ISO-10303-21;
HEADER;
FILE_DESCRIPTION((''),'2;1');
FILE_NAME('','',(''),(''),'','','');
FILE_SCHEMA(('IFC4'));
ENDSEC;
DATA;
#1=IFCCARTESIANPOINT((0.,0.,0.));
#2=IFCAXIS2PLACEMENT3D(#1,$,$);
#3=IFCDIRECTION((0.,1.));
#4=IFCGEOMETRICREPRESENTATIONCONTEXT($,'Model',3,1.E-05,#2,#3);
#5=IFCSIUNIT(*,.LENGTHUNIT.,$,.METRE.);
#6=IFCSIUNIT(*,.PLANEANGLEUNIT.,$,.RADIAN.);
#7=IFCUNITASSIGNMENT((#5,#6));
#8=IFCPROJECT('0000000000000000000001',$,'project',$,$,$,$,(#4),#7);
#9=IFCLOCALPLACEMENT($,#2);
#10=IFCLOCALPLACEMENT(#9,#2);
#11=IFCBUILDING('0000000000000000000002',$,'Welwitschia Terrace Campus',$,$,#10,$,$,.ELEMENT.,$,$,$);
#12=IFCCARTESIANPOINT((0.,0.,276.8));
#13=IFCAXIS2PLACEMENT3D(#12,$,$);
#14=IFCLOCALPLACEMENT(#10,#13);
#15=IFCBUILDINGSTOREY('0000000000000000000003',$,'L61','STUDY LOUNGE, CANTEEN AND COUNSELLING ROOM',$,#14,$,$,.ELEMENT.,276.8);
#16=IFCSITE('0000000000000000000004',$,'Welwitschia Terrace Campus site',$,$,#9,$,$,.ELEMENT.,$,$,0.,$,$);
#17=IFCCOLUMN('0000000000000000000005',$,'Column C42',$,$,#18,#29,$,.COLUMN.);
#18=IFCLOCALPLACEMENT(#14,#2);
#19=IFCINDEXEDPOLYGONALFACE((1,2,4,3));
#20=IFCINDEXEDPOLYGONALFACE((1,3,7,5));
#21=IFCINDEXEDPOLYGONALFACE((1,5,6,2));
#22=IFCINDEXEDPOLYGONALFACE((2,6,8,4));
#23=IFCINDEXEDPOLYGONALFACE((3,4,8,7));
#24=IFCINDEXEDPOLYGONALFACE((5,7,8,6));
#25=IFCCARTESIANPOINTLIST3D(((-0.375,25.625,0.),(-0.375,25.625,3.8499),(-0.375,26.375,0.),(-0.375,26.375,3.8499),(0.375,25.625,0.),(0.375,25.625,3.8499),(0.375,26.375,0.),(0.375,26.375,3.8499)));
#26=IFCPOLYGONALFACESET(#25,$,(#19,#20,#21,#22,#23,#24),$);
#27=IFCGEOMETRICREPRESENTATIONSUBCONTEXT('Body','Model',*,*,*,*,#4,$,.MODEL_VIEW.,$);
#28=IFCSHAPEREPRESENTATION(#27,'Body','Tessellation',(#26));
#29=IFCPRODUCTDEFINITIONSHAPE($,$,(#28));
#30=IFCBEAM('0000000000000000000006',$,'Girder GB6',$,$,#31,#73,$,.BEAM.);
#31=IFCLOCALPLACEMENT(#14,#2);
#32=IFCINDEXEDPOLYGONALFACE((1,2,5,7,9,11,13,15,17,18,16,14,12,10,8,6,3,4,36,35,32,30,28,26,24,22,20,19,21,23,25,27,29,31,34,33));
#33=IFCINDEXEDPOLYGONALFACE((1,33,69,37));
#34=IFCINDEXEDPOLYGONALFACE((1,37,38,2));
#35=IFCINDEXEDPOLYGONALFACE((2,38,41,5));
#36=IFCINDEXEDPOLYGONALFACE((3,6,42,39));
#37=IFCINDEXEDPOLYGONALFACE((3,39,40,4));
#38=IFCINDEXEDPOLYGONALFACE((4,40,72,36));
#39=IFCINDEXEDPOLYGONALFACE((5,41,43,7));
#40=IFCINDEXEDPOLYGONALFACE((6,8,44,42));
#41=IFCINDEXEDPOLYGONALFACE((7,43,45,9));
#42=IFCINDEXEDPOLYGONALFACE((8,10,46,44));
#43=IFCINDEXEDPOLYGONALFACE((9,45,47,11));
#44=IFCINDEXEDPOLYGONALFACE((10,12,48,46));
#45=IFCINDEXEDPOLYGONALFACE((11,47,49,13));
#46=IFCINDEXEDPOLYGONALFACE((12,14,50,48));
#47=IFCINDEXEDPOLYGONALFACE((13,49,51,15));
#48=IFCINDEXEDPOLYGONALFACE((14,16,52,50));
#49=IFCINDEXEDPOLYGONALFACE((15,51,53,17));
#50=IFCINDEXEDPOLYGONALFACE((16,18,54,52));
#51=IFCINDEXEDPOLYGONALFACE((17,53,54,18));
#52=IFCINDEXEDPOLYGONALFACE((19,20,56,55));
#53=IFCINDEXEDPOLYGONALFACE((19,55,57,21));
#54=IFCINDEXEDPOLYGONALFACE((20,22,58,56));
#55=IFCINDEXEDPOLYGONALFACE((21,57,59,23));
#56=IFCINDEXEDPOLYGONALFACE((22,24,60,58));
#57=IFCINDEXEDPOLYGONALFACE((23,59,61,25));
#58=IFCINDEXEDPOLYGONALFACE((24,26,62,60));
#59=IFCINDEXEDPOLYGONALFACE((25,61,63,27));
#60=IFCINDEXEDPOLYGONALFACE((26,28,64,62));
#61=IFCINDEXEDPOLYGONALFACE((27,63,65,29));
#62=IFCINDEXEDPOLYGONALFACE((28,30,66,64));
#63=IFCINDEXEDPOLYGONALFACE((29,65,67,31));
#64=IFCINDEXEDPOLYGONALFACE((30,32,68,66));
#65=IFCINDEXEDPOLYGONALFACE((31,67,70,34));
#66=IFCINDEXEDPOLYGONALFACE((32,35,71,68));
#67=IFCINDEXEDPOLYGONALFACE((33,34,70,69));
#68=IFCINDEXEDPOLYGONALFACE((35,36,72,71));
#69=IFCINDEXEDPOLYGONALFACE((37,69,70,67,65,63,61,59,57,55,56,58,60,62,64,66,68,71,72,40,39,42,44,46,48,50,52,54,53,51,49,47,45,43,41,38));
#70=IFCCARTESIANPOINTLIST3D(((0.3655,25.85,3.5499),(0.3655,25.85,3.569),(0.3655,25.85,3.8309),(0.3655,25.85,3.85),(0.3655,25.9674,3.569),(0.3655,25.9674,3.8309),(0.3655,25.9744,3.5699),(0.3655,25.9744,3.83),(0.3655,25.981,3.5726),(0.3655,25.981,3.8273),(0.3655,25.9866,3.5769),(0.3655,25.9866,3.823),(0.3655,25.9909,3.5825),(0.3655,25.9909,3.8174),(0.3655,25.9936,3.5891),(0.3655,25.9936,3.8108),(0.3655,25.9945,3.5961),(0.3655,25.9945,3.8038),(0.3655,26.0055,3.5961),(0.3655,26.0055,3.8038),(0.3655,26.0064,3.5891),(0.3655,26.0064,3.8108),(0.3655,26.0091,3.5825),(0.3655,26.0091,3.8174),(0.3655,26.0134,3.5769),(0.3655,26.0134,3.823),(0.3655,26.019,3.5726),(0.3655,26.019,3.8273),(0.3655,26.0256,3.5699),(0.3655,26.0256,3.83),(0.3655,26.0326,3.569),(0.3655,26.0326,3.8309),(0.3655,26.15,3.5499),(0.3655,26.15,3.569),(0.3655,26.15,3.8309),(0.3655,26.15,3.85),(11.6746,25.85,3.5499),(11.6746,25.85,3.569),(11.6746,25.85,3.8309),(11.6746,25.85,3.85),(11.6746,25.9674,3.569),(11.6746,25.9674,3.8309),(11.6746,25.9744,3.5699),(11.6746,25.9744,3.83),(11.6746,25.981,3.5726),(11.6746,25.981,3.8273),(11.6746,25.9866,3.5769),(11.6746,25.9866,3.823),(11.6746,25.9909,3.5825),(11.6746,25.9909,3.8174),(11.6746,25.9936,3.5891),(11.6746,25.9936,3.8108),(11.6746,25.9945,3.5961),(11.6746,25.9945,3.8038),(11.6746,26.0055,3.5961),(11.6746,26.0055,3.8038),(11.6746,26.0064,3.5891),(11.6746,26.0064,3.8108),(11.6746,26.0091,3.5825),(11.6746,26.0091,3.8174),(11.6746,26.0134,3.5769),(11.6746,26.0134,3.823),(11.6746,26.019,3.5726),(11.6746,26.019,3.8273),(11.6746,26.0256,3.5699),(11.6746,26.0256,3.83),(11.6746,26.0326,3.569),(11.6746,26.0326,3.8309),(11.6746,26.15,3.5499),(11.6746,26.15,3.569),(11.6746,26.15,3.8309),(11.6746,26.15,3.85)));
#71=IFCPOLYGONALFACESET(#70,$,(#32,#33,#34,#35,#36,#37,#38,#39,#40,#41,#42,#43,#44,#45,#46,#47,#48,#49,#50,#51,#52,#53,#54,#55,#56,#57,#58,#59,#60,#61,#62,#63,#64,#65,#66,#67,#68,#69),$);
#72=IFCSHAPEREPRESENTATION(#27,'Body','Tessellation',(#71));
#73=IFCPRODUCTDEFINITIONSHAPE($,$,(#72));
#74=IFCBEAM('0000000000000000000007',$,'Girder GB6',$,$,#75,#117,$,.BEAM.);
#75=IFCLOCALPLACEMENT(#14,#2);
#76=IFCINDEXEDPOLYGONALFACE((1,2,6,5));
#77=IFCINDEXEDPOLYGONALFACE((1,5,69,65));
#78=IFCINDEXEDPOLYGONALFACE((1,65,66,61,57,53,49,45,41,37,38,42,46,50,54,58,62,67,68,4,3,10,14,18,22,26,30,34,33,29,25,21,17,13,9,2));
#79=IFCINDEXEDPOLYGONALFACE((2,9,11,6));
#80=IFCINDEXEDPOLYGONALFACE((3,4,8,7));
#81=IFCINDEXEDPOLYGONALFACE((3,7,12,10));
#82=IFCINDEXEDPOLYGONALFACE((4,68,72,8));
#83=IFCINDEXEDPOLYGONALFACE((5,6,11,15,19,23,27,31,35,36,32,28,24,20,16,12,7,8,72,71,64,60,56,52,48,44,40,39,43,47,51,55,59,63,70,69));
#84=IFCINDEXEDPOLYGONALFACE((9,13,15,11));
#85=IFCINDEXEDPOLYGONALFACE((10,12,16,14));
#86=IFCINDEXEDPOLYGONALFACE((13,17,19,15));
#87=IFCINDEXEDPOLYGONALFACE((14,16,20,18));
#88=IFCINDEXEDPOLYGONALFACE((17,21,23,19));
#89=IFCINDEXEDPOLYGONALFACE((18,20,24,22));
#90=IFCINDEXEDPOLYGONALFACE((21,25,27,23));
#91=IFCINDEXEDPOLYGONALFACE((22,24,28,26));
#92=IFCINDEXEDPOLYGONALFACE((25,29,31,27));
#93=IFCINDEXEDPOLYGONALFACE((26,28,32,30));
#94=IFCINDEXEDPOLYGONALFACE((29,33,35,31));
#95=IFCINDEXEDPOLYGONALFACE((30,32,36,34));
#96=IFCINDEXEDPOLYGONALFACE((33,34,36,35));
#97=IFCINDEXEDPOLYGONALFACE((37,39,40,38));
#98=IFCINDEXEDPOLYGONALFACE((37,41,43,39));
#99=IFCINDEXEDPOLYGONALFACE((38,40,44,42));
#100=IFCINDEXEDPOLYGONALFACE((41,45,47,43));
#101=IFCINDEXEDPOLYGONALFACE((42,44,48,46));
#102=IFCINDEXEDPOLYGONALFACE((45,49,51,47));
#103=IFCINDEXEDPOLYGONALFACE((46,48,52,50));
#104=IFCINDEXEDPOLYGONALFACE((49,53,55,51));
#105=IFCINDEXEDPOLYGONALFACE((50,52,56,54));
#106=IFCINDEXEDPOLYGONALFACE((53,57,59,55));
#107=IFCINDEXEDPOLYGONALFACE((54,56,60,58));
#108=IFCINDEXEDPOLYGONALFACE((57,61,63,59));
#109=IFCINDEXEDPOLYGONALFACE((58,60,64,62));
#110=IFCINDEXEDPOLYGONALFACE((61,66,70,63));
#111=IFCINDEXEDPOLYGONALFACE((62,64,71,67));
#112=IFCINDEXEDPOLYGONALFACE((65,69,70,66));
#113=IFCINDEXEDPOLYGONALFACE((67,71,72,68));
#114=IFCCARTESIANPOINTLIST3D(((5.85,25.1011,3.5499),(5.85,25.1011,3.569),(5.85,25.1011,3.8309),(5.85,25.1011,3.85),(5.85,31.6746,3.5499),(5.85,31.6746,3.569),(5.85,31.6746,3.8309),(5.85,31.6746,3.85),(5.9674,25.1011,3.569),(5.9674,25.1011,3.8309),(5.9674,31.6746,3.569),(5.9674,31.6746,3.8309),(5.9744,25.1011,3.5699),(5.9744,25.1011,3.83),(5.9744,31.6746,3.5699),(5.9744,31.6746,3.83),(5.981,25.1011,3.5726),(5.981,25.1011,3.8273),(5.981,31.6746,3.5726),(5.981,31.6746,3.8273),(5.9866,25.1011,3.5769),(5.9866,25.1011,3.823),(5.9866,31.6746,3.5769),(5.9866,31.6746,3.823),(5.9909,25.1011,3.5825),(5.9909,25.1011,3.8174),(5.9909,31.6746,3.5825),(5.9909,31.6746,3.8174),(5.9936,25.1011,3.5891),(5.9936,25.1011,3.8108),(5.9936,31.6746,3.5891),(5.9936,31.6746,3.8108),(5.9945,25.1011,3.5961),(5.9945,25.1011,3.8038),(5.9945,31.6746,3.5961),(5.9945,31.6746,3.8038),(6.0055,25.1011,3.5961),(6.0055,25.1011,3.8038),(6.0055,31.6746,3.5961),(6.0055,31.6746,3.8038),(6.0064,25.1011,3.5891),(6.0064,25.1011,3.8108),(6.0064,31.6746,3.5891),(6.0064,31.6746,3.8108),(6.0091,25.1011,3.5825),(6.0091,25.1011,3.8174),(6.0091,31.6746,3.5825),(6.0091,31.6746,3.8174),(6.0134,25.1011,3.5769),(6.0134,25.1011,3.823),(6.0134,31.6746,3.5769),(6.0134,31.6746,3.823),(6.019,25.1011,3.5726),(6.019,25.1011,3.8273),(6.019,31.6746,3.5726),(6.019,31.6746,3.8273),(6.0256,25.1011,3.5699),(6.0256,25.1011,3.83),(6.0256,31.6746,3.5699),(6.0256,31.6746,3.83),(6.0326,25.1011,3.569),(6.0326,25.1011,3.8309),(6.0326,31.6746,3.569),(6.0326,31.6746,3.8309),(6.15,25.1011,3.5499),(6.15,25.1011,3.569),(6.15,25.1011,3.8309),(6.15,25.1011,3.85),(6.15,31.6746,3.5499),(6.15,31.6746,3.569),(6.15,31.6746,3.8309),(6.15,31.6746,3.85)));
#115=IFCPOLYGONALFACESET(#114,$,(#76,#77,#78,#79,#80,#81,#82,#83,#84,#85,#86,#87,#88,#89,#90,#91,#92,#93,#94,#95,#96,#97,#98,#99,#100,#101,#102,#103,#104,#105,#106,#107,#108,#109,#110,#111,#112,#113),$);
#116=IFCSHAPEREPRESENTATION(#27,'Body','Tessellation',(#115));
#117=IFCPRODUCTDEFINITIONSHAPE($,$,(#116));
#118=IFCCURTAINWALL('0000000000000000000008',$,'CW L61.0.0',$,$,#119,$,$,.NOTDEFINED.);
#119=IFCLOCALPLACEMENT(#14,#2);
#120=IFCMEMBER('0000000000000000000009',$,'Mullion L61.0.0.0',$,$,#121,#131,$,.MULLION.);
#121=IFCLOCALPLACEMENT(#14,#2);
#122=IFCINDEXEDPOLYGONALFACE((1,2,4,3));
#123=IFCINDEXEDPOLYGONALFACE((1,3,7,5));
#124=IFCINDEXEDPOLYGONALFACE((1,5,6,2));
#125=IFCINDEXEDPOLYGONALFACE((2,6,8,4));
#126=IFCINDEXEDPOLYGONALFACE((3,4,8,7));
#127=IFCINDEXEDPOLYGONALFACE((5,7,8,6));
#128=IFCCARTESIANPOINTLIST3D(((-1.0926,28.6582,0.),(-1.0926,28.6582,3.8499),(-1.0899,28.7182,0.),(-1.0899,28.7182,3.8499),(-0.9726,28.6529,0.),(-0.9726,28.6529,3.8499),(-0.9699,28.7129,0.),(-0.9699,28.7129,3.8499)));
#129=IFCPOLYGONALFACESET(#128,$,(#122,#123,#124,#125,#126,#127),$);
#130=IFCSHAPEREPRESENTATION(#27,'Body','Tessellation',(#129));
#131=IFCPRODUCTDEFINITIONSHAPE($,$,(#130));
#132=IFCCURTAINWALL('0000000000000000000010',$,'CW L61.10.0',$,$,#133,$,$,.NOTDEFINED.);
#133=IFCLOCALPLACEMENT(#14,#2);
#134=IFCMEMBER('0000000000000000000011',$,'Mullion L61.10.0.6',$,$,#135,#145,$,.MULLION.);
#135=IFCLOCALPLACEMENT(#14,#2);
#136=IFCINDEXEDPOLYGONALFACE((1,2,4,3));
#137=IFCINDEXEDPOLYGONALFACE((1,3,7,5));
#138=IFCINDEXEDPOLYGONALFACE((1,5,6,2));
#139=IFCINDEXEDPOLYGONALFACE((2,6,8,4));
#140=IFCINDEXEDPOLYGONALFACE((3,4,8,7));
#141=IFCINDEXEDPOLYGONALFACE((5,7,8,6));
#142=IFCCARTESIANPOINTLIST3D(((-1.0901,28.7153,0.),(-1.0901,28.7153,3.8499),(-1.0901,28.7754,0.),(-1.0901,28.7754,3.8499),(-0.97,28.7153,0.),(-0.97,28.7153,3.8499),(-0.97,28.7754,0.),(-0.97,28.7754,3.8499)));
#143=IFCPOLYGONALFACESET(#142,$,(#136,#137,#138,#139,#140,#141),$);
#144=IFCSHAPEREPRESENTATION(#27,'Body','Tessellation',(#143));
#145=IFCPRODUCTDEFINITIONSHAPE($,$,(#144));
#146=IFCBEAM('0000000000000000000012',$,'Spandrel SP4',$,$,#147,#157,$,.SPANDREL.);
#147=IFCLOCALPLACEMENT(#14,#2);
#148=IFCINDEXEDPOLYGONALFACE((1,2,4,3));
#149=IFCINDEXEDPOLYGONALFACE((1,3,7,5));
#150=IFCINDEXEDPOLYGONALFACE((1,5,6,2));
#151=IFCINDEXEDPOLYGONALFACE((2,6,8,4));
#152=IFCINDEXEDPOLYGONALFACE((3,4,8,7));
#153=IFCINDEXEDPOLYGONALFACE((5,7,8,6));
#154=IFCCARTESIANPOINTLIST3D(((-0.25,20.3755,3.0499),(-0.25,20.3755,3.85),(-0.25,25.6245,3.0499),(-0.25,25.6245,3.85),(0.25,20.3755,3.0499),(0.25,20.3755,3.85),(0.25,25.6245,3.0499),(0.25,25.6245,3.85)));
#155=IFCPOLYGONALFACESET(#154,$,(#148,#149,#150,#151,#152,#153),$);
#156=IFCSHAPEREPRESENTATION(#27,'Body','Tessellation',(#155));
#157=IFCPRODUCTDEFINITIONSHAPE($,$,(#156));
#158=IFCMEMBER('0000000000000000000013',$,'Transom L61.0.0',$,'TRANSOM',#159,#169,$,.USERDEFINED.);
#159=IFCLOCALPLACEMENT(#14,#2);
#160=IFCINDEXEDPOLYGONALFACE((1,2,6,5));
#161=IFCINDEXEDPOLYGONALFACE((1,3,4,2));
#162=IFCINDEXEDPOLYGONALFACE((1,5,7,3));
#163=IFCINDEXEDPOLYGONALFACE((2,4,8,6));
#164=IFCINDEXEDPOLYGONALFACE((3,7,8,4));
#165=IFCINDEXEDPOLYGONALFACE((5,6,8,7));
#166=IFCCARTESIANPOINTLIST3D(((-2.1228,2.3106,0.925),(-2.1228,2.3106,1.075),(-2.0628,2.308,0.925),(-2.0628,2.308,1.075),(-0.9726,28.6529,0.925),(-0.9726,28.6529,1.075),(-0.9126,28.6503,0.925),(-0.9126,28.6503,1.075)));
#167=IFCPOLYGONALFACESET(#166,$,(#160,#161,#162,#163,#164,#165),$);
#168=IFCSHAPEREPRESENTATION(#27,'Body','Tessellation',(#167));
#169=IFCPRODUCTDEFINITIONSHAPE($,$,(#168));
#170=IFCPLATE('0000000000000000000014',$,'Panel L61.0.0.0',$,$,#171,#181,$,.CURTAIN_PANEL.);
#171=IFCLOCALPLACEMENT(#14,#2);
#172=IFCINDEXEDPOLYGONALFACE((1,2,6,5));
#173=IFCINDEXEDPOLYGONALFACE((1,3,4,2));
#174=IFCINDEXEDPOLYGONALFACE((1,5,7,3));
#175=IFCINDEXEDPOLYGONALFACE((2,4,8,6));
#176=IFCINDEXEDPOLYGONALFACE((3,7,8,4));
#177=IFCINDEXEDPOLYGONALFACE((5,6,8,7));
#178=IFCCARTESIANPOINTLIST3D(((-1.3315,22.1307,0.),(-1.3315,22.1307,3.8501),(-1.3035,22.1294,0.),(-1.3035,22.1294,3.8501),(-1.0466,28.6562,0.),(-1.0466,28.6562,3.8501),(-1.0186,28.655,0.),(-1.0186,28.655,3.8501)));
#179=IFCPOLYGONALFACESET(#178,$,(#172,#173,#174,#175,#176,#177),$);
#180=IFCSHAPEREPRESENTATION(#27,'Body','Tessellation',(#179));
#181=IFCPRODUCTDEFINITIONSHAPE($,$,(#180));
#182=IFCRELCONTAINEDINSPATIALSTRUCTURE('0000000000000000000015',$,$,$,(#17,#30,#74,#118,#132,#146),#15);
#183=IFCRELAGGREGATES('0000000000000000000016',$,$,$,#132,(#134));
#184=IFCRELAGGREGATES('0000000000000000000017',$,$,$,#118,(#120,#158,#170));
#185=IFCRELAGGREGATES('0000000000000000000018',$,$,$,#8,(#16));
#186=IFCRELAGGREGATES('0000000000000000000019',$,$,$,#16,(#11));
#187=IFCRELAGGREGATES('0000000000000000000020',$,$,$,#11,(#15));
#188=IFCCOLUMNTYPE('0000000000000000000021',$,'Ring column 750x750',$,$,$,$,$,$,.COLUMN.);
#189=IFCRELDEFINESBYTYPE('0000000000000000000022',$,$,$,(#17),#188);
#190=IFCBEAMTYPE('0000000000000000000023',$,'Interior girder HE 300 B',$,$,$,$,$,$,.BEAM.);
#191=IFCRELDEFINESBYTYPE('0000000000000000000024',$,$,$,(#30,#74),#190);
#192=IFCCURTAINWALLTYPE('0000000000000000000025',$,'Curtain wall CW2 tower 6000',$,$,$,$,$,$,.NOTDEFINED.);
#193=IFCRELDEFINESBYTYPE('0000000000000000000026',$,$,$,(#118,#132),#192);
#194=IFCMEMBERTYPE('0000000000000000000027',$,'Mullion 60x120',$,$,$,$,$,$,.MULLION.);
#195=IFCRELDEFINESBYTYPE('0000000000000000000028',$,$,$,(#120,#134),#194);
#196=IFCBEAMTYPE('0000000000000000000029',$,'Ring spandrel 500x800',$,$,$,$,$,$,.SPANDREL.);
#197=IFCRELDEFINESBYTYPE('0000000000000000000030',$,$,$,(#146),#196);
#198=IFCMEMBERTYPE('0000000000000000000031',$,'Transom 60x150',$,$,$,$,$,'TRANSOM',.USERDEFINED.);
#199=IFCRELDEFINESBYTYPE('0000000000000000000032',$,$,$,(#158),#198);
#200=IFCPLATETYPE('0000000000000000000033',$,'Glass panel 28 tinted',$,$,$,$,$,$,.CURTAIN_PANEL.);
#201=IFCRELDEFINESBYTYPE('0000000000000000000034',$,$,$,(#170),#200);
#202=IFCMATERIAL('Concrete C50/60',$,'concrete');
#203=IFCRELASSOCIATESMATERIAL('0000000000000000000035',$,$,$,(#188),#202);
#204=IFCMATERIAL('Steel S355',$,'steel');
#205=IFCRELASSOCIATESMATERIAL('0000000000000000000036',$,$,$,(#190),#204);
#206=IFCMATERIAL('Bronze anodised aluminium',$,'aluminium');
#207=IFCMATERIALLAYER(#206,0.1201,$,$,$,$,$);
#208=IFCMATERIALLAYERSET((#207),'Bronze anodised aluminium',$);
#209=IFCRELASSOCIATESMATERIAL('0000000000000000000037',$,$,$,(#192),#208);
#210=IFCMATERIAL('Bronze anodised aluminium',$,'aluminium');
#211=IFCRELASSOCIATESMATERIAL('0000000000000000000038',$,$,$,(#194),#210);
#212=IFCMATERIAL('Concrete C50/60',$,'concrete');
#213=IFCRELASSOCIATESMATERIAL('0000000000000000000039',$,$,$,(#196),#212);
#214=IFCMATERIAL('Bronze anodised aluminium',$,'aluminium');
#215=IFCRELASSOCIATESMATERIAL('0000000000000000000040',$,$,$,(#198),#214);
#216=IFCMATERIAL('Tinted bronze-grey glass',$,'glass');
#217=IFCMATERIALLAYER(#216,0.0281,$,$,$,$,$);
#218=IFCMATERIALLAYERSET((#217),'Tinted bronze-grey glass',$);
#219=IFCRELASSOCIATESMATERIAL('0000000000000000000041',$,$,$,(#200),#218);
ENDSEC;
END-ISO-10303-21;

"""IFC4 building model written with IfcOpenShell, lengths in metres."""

from ifc_helpers import new_model, si_unit, direction, frame, origin, origin_2d, place, context, subcontext, project, spatial, rectangle, i_section, extrude, material, layer, layer_set, material_profile, profile_set, type_object, element, aggregate, save


model = new_model("IFC4")

# Units and contexts
model_context = context("Model", 3, precision=1e-05, world=origin(), true_north=direction((0.0, 1.0)))
body_context = subcontext(model_context, "Body", "Model", "MODEL_VIEW")
ifc_project = project(units=[si_unit("LENGTHUNIT", "METRE"), si_unit("PLANEANGLEUNIT", "RADIAN")], contexts=[model_context])

# Site, building, storey
site_placement = place(None, origin())
site = spatial("IfcSite", under=ifc_project, at=site_placement, Name="Welwitschia Terrace Campus site", CompositionType="ELEMENT", RefElevation=0.0)
building_placement = place(site_placement, origin())
building = spatial("IfcBuilding", under=site, at=building_placement, Name="Welwitschia Terrace Campus", CompositionType="ELEMENT")
storey_placement = place(building_placement, frame((0.0, 0.0, 276.8)))
storey = spatial("IfcBuildingStorey", under=building, at=storey_placement, Name="L61", Description="STUDY LOUNGE, CANTEEN AND COUNSELLING ROOM", CompositionType="ELEMENT", Elevation=276.8)

# Column
ifc_material_1 = material(Name="Concrete C50/60", Category="concrete")
ifc_material_profile_1 = material_profile(ifc_material_1, rectangle(XDim=0.75, YDim=0.75, at=origin_2d()))
ifc_profile_set_1 = profile_set([ifc_material_profile_1], Name="Concrete C50/60")
column_type = type_object("IfcColumnType", Name="Ring column 750x750", PredefinedType="COLUMN", material=ifc_profile_set_1)
column_placement = place(storey_placement, frame((0.0, 26.0, 0.0), z_axis=(0.0, 0.0, 1.0), x_axis=(1.0, 0.0, 0.0)))
element("IfcColumn", 1, at=column_placement, inside=storey, type_object=column_type, Name="Column C42", PredefinedType="COLUMN", context=body_context, shape_type="SweptSolid", body=[
    extrude(rectangle(XDim=0.75, YDim=0.75, at=origin_2d()), origin(), (0.0, 0.0, 1.0), 3.8499),
])

# Beams
ifc_material_2 = material(Name="Steel S355", Category="steel")
ifc_material_profile_2 = material_profile(ifc_material_2, i_section(OverallWidth=0.3, OverallDepth=0.3, WebThickness=0.011, FlangeThickness=0.019, FilletRadius=0.0271, at=origin_2d()))
ifc_profile_set_2 = profile_set([ifc_material_profile_2], Name="Steel S355")
beam_type_1 = type_object("IfcBeamType", Name="Interior girder HE 300 B", PredefinedType="BEAM", material=ifc_profile_set_2)
beam_1_placement = place(storey_placement, frame((0.3655, 26.0, 3.7), z_axis=(1.0, 0.0, 0.0), x_axis=(0.0, 1.0, 0.0)))
element("IfcBeam", 2, at=beam_1_placement, inside=storey, type_object=beam_type_1, Name="Girder GB6", PredefinedType="BEAM", context=body_context, shape_type="SweptSolid", body=[
    extrude(i_section(OverallWidth=0.3, OverallDepth=0.3, WebThickness=0.011, FlangeThickness=0.019, FilletRadius=0.0271, at=origin_2d()), origin(), (0.0, 0.0, 1.0), 11.3091),
])
beam_2_placement = place(storey_placement, frame((6.0, 25.1011, 3.7), z_axis=(0.0, 1.0, 0.0), x_axis=(-1.0, 0.0, 0.0)))
element("IfcBeam", 3, at=beam_2_placement, inside=storey, type_object=beam_type_1, Name="Girder GB6", PredefinedType="BEAM", context=body_context, shape_type="SweptSolid", body=[
    extrude(i_section(OverallWidth=0.3, OverallDepth=0.3, WebThickness=0.011, FlangeThickness=0.019, FilletRadius=0.0271, at=origin_2d()), origin(), (0.0, 0.0, 1.0), 6.5735),
])

# Curtain walls, members
ifc_material_3 = material(Name="Bronze anodised aluminium", Category="aluminium")
ifc_layer_1 = layer(ifc_material_3, 0.1201)
ifc_layer_set_1 = layer_set([ifc_layer_1], Name="Bronze anodised aluminium")
curtain_wall_type = type_object("IfcCurtainWallType", Name="Curtain wall CW2 tower 6000", PredefinedType="NOTDEFINED", material=ifc_layer_set_1)
curtain_wall_1_placement = place(storey_placement, origin())
curtain_wall_1 = element("IfcCurtainWall", 4, at=curtain_wall_1_placement, inside=storey, type_object=curtain_wall_type, Name="CW L61.0.0", PredefinedType="NOTDEFINED")
ifc_material_4 = material(Name="Bronze anodised aluminium", Category="aluminium")
ifc_material_profile_3 = material_profile(ifc_material_4, rectangle(XDim=0.1201, YDim=0.0601, at=origin_2d()))
ifc_profile_set_3 = profile_set([ifc_material_profile_3], Name="Bronze anodised aluminium")
member_type_1 = type_object("IfcMemberType", Name="Mullion 60x120", PredefinedType="MULLION", material=ifc_profile_set_3)
member_1_placement = place(storey_placement, frame((-1.0312, 28.6855, 0.0), z_axis=(0.0, 0.0, 1.0), x_axis=(0.999048, -0.043619, 0.0)))
member_1 = element("IfcMember", 5, at=member_1_placement, type_object=member_type_1, Name="Mullion L61.0.0.0", PredefinedType="MULLION", context=body_context, shape_type="SweptSolid", body=[
    extrude(rectangle(XDim=0.1201, YDim=0.0601, at=origin_2d()), origin(), (0.0, 0.0, 1.0), 3.8499),
])
curtain_wall_2_placement = place(storey_placement, origin())
curtain_wall_2 = element("IfcCurtainWall", 6, at=curtain_wall_2_placement, inside=storey, type_object=curtain_wall_type, Name="CW L61.10.0", PredefinedType="NOTDEFINED")
member_2_placement = place(storey_placement, frame((-1.03, 28.7454, 0.0), z_axis=(0.0, 0.0, 1.0), x_axis=(1.0, 0.0, 0.0)))
member_2 = element("IfcMember", 7, at=member_2_placement, type_object=member_type_1, Name="Mullion L61.10.0.6", PredefinedType="MULLION", context=body_context, shape_type="SweptSolid", body=[
    extrude(rectangle(XDim=0.1201, YDim=0.0601, at=origin_2d()), origin(), (0.0, 0.0, 1.0), 3.8499),
])
aggregate(curtain_wall_2, [member_2])

# Beam
ifc_material_5 = material(Name="Concrete C50/60", Category="concrete")
ifc_material_profile_4 = material_profile(ifc_material_5, rectangle(XDim=0.5, YDim=0.8, at=origin_2d()))
ifc_profile_set_4 = profile_set([ifc_material_profile_4], Name="Concrete C50/60")
beam_type_2 = type_object("IfcBeamType", Name="Ring spandrel 500x800", PredefinedType="SPANDREL", material=ifc_profile_set_4)
beam_3_placement = place(storey_placement, frame((0.0, 25.6245, 3.45), z_axis=(0.0, -1.0, 0.0), x_axis=(1.0, 0.0, 0.0)))
element("IfcBeam", 8, at=beam_3_placement, inside=storey, type_object=beam_type_2, Name="Spandrel SP4", PredefinedType="SPANDREL", context=body_context, shape_type="SweptSolid", body=[
    extrude(rectangle(XDim=0.5, YDim=0.8, at=origin_2d()), origin(), (0.0, 0.0, 1.0), 5.249),
])

# Member
ifc_material_6 = material(Name="Bronze anodised aluminium", Category="aluminium")
ifc_material_profile_5 = material_profile(ifc_material_6, rectangle(XDim=0.0601, YDim=0.1499, at=origin_2d()))
ifc_profile_set_5 = profile_set([ifc_material_profile_5], Name="Bronze anodised aluminium")
member_type_2 = type_object("IfcMemberType", Name="Transom 60x150", ElementType="TRANSOM", PredefinedType="USERDEFINED", material=ifc_profile_set_5)
member_3_placement = place(storey_placement, frame((-0.9426, 28.6516, 1.0), z_axis=(-0.04362, -0.999048, 0.0), x_axis=(0.999048, -0.04362, 0.0)))
member_3 = element("IfcMember", 9, at=member_3_placement, type_object=member_type_2, Name="Transom L61.0.0", ObjectType="TRANSOM", PredefinedType="USERDEFINED", context=body_context, shape_type="SweptSolid", body=[
    extrude(rectangle(XDim=0.0601, YDim=0.1499, at=origin_2d()), origin(), (0.0, 0.0, 1.0), 26.3674),
])

# Plate
ifc_material_7 = material(Name="Tinted bronze-grey glass", Category="glass")
ifc_layer_2 = layer(ifc_material_7, 0.0281)
ifc_layer_set_2 = layer_set([ifc_layer_2], Name="Tinted bronze-grey glass")
plate_type = type_object("IfcPlateType", Name="Glass panel 28 tinted", PredefinedType="CURTAIN_PANEL", material=ifc_layer_set_2)
plate_placement = place(storey_placement, frame((-1.175, 25.3928, 0.0), z_axis=(0.0, 0.0, 1.0), x_axis=(-0.043619, -0.999048, 0.0)))
plate = element("IfcPlate", 10, at=plate_placement, type_object=plate_type, Name="Panel L61.0.0.0", PredefinedType="CURTAIN_PANEL", context=body_context, shape_type="SweptSolid", body=[
    extrude(rectangle(XDim=6.5317, YDim=0.0281, at=origin_2d()), origin(), (0.0, 0.0, 1.0), 3.8501),
])
aggregate(curtain_wall_1, [member_1, member_3, plate])

save(model, "model.ifc")
